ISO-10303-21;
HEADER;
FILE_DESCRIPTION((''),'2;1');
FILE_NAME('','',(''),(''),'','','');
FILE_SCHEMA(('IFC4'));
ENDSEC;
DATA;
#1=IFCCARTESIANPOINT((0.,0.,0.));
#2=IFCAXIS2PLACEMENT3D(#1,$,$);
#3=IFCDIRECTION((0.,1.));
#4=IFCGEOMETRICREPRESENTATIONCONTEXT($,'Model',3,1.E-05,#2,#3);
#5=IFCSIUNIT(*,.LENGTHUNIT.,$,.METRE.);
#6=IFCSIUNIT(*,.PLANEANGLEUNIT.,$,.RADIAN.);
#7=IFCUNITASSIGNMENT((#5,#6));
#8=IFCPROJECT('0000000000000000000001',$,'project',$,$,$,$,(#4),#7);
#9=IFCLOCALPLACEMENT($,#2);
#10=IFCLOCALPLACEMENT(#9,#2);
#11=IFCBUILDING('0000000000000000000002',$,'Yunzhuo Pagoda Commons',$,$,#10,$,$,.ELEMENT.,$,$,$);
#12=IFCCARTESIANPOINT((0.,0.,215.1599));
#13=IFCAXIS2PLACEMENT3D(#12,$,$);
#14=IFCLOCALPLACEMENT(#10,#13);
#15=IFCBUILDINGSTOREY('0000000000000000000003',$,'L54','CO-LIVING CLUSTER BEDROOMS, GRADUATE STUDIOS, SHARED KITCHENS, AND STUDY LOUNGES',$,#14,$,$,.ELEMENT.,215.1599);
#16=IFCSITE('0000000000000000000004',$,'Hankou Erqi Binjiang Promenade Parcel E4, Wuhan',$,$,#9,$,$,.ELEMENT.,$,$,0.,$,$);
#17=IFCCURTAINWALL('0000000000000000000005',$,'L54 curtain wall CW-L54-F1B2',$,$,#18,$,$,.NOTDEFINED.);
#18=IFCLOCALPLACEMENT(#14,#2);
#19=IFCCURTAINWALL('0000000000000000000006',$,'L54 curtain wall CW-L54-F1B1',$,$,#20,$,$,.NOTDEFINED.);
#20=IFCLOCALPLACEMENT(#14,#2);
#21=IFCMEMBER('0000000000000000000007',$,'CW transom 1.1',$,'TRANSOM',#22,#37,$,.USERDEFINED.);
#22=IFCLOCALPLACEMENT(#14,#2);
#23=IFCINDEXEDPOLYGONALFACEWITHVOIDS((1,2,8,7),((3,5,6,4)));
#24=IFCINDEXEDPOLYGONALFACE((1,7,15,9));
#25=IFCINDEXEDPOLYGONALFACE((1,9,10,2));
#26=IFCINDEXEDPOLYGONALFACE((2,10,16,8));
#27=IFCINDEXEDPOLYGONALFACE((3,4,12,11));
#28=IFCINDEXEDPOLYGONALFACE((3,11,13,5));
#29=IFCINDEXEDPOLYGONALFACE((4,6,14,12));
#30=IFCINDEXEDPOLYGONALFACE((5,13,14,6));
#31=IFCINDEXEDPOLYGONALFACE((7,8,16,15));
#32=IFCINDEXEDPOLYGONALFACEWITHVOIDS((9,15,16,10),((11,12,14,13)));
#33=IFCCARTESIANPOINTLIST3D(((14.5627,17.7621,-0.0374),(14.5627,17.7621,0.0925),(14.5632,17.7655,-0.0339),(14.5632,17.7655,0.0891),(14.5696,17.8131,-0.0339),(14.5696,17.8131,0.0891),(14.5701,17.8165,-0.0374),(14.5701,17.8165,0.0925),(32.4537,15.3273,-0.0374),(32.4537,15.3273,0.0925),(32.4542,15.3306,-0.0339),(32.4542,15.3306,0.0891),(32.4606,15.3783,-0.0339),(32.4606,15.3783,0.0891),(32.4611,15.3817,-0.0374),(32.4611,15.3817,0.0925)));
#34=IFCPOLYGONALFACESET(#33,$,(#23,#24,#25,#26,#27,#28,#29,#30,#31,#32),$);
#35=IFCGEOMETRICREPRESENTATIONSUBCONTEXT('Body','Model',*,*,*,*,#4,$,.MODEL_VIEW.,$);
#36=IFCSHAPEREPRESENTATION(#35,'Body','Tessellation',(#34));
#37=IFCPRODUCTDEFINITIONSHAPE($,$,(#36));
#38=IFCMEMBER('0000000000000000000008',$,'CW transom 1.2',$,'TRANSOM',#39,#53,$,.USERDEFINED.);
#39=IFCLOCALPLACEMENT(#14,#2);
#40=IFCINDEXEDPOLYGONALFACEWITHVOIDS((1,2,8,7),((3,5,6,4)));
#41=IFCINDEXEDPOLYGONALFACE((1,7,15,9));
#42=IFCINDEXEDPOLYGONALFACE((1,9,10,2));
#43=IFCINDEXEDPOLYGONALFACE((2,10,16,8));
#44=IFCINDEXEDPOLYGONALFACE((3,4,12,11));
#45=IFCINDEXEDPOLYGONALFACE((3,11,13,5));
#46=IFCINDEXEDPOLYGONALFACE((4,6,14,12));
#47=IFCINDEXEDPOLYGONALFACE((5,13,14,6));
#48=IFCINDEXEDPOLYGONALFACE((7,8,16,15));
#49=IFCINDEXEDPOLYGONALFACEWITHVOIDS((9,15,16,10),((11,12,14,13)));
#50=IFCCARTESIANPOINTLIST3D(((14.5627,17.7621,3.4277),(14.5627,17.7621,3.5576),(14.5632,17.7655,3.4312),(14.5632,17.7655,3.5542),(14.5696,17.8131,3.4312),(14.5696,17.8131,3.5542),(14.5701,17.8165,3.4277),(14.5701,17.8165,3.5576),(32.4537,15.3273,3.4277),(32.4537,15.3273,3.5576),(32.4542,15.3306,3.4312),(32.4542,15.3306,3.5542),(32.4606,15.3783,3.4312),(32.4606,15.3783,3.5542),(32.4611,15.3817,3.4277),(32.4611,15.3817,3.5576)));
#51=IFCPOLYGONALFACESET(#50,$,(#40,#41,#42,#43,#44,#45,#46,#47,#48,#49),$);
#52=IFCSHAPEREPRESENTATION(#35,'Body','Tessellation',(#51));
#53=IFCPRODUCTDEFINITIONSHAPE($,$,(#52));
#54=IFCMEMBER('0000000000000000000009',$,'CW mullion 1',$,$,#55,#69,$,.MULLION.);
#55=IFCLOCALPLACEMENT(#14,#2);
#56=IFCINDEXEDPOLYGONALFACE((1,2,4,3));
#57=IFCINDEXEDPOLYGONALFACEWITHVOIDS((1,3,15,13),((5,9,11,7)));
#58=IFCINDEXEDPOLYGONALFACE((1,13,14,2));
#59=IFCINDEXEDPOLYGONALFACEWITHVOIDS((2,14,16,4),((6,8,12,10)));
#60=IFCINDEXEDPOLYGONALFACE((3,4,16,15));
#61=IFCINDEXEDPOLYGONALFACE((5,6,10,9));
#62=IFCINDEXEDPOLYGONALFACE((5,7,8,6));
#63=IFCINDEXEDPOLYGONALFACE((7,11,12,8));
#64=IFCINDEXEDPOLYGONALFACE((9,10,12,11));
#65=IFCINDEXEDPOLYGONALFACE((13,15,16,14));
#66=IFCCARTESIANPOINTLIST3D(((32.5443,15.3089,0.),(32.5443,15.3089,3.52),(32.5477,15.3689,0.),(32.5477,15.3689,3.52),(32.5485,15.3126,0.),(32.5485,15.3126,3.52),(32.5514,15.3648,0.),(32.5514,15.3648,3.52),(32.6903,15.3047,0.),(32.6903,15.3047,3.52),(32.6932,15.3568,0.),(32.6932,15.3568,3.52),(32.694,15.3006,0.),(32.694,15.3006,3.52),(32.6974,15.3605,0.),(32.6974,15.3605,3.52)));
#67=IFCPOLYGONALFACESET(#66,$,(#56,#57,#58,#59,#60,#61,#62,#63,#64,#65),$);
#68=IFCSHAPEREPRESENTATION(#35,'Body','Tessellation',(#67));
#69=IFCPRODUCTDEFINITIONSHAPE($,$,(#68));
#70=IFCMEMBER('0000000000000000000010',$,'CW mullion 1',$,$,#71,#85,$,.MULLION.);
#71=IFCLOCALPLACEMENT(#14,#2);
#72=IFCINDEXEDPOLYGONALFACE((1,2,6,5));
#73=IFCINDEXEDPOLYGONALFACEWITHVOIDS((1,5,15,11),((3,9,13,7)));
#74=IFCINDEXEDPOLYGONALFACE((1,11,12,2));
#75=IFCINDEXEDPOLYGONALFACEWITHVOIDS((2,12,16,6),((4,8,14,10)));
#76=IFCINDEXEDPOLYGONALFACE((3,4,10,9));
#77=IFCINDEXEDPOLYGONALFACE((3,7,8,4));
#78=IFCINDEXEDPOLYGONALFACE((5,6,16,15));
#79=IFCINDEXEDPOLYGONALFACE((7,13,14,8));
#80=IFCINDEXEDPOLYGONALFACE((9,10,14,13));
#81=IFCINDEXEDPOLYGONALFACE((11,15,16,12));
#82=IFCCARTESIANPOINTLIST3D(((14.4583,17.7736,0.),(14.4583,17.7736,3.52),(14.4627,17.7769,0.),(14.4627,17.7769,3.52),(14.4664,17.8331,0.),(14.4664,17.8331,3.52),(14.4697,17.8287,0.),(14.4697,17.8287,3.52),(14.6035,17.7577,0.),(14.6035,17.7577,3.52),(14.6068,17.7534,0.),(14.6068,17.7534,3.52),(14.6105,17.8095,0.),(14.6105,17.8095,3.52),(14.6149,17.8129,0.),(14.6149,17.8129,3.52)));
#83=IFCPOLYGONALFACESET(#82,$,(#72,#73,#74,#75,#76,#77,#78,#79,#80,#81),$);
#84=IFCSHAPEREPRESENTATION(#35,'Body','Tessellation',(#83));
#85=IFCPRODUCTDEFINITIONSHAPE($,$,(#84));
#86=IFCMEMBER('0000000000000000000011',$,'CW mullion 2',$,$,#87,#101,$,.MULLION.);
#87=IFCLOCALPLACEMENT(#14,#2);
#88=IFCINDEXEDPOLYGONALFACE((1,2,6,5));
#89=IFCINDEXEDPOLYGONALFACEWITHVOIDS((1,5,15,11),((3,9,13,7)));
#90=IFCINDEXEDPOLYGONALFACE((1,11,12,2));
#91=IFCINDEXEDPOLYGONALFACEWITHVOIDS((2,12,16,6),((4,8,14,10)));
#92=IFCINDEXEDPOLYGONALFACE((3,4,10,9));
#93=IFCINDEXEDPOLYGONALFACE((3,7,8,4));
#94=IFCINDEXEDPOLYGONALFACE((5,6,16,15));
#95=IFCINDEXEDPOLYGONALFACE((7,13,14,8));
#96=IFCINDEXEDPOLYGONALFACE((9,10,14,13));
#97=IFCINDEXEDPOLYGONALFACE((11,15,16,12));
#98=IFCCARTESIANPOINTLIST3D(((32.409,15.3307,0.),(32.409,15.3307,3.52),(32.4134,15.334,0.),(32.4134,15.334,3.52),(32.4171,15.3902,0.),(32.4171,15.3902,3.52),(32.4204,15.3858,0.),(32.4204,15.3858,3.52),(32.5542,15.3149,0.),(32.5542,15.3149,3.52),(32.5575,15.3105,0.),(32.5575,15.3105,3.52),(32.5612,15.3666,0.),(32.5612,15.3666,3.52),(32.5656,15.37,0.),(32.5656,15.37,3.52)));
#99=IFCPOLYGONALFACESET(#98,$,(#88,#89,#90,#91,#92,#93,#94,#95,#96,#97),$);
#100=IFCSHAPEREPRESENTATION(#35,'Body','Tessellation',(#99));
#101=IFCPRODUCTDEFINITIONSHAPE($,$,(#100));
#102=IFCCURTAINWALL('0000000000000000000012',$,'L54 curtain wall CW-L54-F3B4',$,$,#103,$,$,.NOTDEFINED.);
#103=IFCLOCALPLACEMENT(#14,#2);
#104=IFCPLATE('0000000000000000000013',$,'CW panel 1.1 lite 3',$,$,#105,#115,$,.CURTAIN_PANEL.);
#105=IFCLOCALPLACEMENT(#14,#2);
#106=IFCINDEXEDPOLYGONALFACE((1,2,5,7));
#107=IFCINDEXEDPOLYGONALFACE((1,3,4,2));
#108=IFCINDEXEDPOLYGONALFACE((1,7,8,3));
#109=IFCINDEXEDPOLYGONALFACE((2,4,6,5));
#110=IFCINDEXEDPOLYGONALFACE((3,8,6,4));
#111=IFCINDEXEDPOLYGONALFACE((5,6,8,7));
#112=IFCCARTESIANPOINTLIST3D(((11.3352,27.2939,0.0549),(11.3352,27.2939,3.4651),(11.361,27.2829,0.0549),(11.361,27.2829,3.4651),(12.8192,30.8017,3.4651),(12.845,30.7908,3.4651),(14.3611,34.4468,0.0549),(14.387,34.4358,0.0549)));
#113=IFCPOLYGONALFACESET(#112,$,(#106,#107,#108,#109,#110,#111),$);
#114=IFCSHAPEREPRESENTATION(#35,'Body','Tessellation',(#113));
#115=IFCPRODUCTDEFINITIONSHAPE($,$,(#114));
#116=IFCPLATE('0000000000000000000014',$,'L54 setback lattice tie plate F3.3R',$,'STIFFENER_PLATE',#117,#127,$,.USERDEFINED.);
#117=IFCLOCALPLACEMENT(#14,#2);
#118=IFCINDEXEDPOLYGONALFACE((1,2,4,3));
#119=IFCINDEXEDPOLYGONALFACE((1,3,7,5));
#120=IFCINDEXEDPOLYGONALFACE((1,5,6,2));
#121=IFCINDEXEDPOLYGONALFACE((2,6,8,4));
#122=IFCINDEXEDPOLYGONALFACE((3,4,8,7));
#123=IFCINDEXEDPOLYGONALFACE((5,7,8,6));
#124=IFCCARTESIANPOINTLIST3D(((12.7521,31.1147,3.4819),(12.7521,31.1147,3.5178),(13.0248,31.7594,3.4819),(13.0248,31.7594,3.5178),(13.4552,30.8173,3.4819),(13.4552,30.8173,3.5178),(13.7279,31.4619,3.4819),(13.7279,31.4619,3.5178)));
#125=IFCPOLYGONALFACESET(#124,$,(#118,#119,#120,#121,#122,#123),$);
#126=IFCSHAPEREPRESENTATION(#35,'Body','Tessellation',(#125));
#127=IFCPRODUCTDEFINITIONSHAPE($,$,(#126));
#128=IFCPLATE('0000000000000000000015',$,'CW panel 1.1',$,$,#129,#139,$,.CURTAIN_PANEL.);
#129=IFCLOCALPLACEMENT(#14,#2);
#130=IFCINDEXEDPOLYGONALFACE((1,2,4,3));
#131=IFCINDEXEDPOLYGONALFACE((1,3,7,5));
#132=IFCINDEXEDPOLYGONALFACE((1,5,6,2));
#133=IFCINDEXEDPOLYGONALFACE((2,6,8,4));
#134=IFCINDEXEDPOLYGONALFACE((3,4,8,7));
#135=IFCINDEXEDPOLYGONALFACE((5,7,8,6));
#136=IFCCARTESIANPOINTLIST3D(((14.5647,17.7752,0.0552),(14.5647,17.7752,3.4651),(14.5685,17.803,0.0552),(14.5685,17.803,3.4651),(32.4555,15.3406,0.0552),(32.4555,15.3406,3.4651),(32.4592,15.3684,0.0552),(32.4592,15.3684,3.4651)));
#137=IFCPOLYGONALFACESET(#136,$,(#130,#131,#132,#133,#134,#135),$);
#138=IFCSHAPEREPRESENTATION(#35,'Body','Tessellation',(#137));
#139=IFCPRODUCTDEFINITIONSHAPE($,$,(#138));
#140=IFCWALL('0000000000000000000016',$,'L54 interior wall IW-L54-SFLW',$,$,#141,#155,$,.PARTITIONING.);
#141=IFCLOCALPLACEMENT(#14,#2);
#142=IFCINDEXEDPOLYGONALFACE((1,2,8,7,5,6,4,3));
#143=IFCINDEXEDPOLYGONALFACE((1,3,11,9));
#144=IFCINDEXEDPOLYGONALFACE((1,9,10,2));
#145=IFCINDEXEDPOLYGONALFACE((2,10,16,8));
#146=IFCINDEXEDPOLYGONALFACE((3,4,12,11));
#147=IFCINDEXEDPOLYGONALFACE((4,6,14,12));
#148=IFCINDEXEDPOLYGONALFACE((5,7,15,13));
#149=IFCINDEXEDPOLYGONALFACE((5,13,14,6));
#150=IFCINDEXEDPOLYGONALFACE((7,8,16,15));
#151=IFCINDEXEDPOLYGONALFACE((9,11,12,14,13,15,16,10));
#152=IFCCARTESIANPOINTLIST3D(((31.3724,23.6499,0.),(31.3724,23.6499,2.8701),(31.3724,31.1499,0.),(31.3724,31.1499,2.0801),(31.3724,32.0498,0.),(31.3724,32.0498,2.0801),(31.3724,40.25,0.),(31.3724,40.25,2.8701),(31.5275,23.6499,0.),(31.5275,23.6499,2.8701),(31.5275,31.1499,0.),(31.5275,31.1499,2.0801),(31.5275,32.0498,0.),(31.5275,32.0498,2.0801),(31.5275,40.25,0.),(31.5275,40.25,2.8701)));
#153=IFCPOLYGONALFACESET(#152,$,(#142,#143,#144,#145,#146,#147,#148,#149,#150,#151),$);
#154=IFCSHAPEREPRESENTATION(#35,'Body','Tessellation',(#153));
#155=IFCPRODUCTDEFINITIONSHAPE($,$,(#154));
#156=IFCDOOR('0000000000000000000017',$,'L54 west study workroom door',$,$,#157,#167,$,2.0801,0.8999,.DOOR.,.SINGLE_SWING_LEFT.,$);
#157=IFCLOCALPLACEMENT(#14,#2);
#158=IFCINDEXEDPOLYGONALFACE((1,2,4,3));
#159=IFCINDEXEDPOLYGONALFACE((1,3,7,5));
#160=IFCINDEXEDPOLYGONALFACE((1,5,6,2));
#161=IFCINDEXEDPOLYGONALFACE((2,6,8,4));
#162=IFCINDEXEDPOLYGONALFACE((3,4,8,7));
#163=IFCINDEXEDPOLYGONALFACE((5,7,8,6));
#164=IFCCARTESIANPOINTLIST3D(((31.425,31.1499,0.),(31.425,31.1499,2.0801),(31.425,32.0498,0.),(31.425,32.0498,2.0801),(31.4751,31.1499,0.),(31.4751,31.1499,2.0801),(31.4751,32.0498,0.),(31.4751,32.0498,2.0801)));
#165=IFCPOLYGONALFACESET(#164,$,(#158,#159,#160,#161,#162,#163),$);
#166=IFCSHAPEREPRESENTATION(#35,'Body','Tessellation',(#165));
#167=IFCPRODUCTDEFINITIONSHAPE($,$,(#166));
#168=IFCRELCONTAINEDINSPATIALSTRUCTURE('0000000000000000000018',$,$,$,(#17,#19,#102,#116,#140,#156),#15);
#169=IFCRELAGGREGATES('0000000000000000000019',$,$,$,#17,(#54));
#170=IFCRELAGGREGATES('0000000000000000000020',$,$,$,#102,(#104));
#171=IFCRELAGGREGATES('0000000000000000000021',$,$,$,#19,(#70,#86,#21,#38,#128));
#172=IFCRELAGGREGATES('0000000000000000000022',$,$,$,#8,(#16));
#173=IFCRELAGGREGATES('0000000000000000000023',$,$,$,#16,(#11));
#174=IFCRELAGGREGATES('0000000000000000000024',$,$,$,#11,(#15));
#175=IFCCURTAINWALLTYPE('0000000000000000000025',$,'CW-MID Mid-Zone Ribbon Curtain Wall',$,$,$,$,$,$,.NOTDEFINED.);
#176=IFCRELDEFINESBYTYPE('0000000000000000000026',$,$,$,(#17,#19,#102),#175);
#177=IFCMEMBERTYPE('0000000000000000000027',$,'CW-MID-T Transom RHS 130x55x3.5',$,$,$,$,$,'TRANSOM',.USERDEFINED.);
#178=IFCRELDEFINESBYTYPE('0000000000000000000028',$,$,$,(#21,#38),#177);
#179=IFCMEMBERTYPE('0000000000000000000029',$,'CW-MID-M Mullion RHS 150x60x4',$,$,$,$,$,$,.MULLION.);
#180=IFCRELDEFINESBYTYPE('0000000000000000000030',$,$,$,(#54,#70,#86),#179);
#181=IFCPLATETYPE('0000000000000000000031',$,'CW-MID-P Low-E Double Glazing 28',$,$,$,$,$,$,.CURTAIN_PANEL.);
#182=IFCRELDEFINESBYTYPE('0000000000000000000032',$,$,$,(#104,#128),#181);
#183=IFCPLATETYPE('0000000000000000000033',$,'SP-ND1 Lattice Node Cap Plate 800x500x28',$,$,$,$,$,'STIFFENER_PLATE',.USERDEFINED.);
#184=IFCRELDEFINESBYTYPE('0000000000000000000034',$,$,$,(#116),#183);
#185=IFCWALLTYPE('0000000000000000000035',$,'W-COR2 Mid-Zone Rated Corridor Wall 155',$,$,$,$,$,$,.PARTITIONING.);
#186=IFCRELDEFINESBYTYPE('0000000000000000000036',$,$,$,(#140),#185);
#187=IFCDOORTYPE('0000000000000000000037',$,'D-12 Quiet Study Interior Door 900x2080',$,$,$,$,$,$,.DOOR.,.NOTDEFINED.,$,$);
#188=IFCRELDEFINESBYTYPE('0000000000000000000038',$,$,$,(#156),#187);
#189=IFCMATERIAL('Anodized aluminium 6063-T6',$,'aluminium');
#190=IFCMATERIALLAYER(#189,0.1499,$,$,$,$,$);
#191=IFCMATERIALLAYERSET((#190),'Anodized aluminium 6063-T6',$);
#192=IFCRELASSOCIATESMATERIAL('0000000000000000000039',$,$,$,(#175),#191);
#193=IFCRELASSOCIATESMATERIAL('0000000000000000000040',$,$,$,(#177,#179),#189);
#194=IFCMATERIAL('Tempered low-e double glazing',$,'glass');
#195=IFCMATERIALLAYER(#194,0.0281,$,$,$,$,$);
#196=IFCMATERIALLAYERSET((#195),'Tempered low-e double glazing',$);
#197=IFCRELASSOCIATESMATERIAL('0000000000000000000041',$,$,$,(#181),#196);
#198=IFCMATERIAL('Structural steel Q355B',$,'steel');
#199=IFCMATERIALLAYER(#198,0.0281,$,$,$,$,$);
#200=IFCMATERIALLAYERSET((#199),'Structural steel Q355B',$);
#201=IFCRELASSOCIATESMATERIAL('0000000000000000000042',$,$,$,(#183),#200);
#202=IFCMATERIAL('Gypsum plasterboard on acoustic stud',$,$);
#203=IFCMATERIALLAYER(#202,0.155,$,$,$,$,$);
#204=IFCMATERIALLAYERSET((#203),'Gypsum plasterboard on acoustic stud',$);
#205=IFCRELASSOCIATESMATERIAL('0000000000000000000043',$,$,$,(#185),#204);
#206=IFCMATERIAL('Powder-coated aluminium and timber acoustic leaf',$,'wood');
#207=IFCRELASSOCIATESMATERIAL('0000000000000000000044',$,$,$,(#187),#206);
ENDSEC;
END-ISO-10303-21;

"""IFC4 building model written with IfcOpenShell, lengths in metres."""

from ifc_helpers import new_model, si_unit, direction, frame, frame_2d, origin, origin_with_axes, origin_2d, place, context, subcontext, project, spatial, polyline, rectangle, hollow_rectangle, outline, extrude, source, transform, mapped, material, layer, layer_set, material_profile, profile_set, type_object, element, fill, aggregate, save


model = new_model("IFC4")

# Units and contexts
model_context = context("Model", 3, precision=1e-05, world=origin(), true_north=direction((0.0, 1.0)))
body_context = subcontext(model_context, "Body", "Model", "MODEL_VIEW")
ifc_project = project(units=[si_unit("LENGTHUNIT", "METRE"), si_unit("PLANEANGLEUNIT", "RADIAN")], contexts=[model_context])

# Site, building, storey
site_placement = place(None, origin())
site = spatial("IfcSite", under=ifc_project, at=site_placement, Name="Hankou Erqi Binjiang Promenade Parcel E4, Wuhan", CompositionType="ELEMENT", RefElevation=0.0)
building_placement = place(site_placement, origin())
building = spatial("IfcBuilding", under=site, at=building_placement, Name="Yunzhuo Pagoda Commons", CompositionType="ELEMENT")
storey_placement = place(building_placement, frame((0.0, 0.0, 215.1599)))
storey = spatial("IfcBuildingStorey", under=building, at=storey_placement, Name="L54", Description="CO-LIVING CLUSTER BEDROOMS, GRADUATE STUDIOS, SHARED KITCHENS, AND STUDY LOUNGES", CompositionType="ELEMENT", Elevation=215.1599)

# Shared definitions
ifc_material_1 = material(Name="Structural steel Q355B", Category="steel")

# Curtain walls, members
ifc_material_2 = material(Name="Anodized aluminium 6063-T6", Category="aluminium")
ifc_layer_1 = layer(ifc_material_2, 0.1499)
ifc_layer_set_1 = layer_set([ifc_layer_1], Name="Anodized aluminium 6063-T6")
curtain_wall_type = type_object("IfcCurtainWallType", Name="CW-MID Mid-Zone Ribbon Curtain Wall", PredefinedType="NOTDEFINED", material=ifc_layer_set_1)
curtain_wall_1_placement = place(storey_placement, origin())
curtain_wall_1 = element("IfcCurtainWall", 1, at=curtain_wall_1_placement, inside=storey, type_object=curtain_wall_type, Name="L54 curtain wall CW-L54-F1B2", PredefinedType="NOTDEFINED")
ifc_material_profile_1 = material_profile(ifc_material_2, hollow_rectangle(XDim=0.0549, YDim=0.1299, WallThickness=0.0034, at=origin_2d()), Name="Anodized aluminium 6063-T6")
ifc_profile_set_1 = profile_set([ifc_material_profile_1], Name="Anodized aluminium 6063-T6")
member_type_1 = type_object("IfcMemberType", Name="CW-MID-T Transom RHS 130x55x3.5", ElementType="TRANSOM", PredefinedType="USERDEFINED", material=ifc_profile_set_1)
curtain_wall_2_placement = place(storey_placement, origin())
curtain_wall_2 = element("IfcCurtainWall", 2, at=curtain_wall_2_placement, inside=storey, type_object=curtain_wall_type, Name="L54 curtain wall CW-L54-F1B1", PredefinedType="NOTDEFINED")
shared_shape_1 = source(origin(), body_context, "Body", "SweptSolid", [
    extrude(hollow_rectangle(XDim=0.0549, YDim=0.1299, WallThickness=0.0034, at=origin_2d()), origin(), (0.0, 0.0, 1.0), 18.0559),
])
member_1_placement = place(storey_placement, frame((14.5664, 17.7893, 0.0276), z_axis=(0.990866, -0.13485, 0.0), x_axis=(0.13485, 0.990866, 0.0)))
member_1 = element("IfcMember", 3, at=member_1_placement, type_object=member_type_1, Name="CW transom 1.1", ObjectType="TRANSOM", PredefinedType="USERDEFINED", context=body_context, shape_type="MappedRepresentation", body=[
    mapped(shared_shape_1, transform((0.0, 0.0, 0.0), scale=1.0)),
])
member_2_placement = place(storey_placement, frame((14.5664, 17.7893, 3.4927), z_axis=(0.990866, -0.13485, 0.0), x_axis=(0.13485, 0.990866, 0.0)))
member_2 = element("IfcMember", 4, at=member_2_placement, type_object=member_type_1, Name="CW transom 1.2", ObjectType="TRANSOM", PredefinedType="USERDEFINED", context=body_context, shape_type="MappedRepresentation", body=[
    mapped(shared_shape_1, transform((0.0, 0.0, 0.0), scale=1.0)),
])

# Members
ifc_material_profile_2 = material_profile(ifc_material_2, hollow_rectangle(XDim=0.0601, YDim=0.1499, WallThickness=0.0039, at=origin_2d()), Name="Anodized aluminium 6063-T6")
ifc_profile_set_2 = profile_set([ifc_material_profile_2], Name="Anodized aluminium 6063-T6")
member_type_2 = type_object("IfcMemberType", Name="CW-MID-M Mullion RHS 150x60x4", PredefinedType="MULLION", material=ifc_profile_set_2)
shared_shape_2 = source(origin(), body_context, "Body", "SweptSolid", [
    extrude(hollow_rectangle(XDim=0.0601, YDim=0.1499, WallThickness=0.0039, at=origin_2d()), origin(), (0.0, 0.0, 1.0), 3.52),
])
member_3_placement = place(storey_placement, frame((32.6208, 15.3347, 0.0), z_axis=(0.0, 0.0, 1.0), x_axis=(0.055642, 0.998451, 0.0)))
member_3 = element("IfcMember", 5, at=member_3_placement, type_object=member_type_2, Name="CW mullion 1", PredefinedType="MULLION", context=body_context, shape_type="MappedRepresentation", body=[
    mapped(shared_shape_2, transform((0.0, 0.0, 0.0), scale=1.0)),
])
aggregate(curtain_wall_1, [member_3])
member_4_placement = place(storey_placement, frame((14.5366, 17.7932, 0.0), z_axis=(0.0, 0.0, 1.0), x_axis=(0.134839, 0.990867, 0.0)))
member_4 = element("IfcMember", 6, at=member_4_placement, type_object=member_type_2, Name="CW mullion 1", PredefinedType="MULLION", context=body_context, shape_type="MappedRepresentation", body=[
    mapped(shared_shape_2, transform((0.0, 0.0, 0.0), scale=1.0)),
])
member_5_placement = place(storey_placement, frame((32.4873, 15.3503, 0.0), z_axis=(0.0, 0.0, 1.0), x_axis=(0.134839, 0.990867, 0.0)))
member_5 = element("IfcMember", 7, at=member_5_placement, type_object=member_type_2, Name="CW mullion 2", PredefinedType="MULLION", context=body_context, shape_type="MappedRepresentation", body=[
    mapped(shared_shape_2, transform((0.0, 0.0, 0.0), scale=1.0)),
])

# Curtain wall, plate
curtain_wall_3_placement = place(storey_placement, origin())
curtain_wall_3 = element("IfcCurtainWall", 8, at=curtain_wall_3_placement, inside=storey, type_object=curtain_wall_type, Name="L54 curtain wall CW-L54-F3B4", PredefinedType="NOTDEFINED")
ifc_material_3 = material(Name="Tempered low-e double glazing", Category="glass")
ifc_layer_2 = layer(ifc_material_3, 0.0281)
ifc_layer_set_2 = layer_set([ifc_layer_2], Name="Tempered low-e double glazing")
plate_type_1 = type_object("IfcPlateType", Name="CW-MID-P Low-E Double Glazing 28", PredefinedType="CURTAIN_PANEL", material=ifc_layer_set_2)
plate_1_placement = place(storey_placement, frame((12.874, 30.8594, 1.76), z_axis=(-0.920979, 0.389612, 0.0), x_axis=(-0.389612, -0.920979, 0.0)))
plate_1 = element("IfcPlate", 9, at=plate_1_placement, type_object=plate_type_1, Name="CW panel 1.1 lite 3", PredefinedType="CURTAIN_PANEL", context=body_context, shape_type="SweptSolid", body=[
    extrude(outline(polyline([(-3.8833, -1.7051), (3.8833, -1.7051), (3.8833, 1.7051), (0.0745, 1.7051), (-3.8833, -1.7051)])), origin(), (0.0, 0.0, 1.0), 0.0281),
])
aggregate(curtain_wall_3, [plate_1])

# Plates
ifc_layer_3 = layer(ifc_material_1, 0.0281)
ifc_layer_set_3 = layer_set([ifc_layer_3], Name="Structural steel Q355B")
plate_type_2 = type_object("IfcPlateType", Name="SP-ND1 Lattice Node Cap Plate 800x500x28", ElementType="STIFFENER_PLATE", PredefinedType="USERDEFINED", material=ifc_layer_set_3)
shared_shape_3 = source(origin(), body_context, "Body", "SweptSolid", [
    extrude(rectangle(XDim=0.7, YDim=0.7634, at=origin_2d()), origin(), (0.0, 0.0, 1.0), 0.0359),
])
plate_2_placement = place(storey_placement, frame((13.24, 31.2883, 3.4819), z_axis=(0.0, 0.0, 1.0), x_axis=(-0.389606, -0.920982, 0.0)))
element("IfcPlate", 10, at=plate_2_placement, inside=storey, type_object=plate_type_2, Name="L54 setback lattice tie plate F3.3R", ObjectType="STIFFENER_PLATE", PredefinedType="USERDEFINED", context=body_context, shape_type="MappedRepresentation", body=[
    mapped(shared_shape_3, transform((0.0, 0.0, 0.0), scale=1.0)),
])
shared_shape_4 = source(origin(), body_context, "Body", "SweptSolid", [
    extrude(rectangle(XDim=18.0557, YDim=0.0281, at=origin_2d()), origin(), (0.0, 0.0, 1.0), 3.4099),
])
plate_3_placement = place(storey_placement, frame((23.512, 16.5718, 0.0552), z_axis=(0.0, 0.0, 1.0), x_axis=(0.990867, -0.134839, 0.0)))
plate_3 = element("IfcPlate", 11, at=plate_3_placement, type_object=plate_type_1, Name="CW panel 1.1", PredefinedType="CURTAIN_PANEL", context=body_context, shape_type="MappedRepresentation", body=[
    mapped(shared_shape_4, transform((0.0, 0.0, 0.0), scale=1.0)),
])
aggregate(curtain_wall_2, [member_4, member_5, member_1, member_2, plate_3])

# Wall, opening, door
ifc_material_4 = material(Name="Gypsum plasterboard on acoustic stud")
ifc_layer_4 = layer(ifc_material_4, 0.155)
ifc_layer_set_4 = layer_set([ifc_layer_4], Name="Gypsum plasterboard on acoustic stud")
wall_type_1 = type_object("IfcWallType", Name="W-COR2 Mid-Zone Rated Corridor Wall 155", PredefinedType="PARTITIONING", material=ifc_layer_set_4)
wall_1_placement = place(storey_placement, frame((31.45, 23.6499, 0.0), z_axis=(0.0, 0.0, 1.0), x_axis=(0.0, 1.0, 0.0)))
wall_1 = element("IfcWall", 12, at=wall_1_placement, inside=storey, type_object=wall_type_1, Name="L54 interior wall IW-L54-SFLW", PredefinedType="PARTITIONING", context=body_context, shape_type="SweptSolid", body=[
    extrude(rectangle(XDim=16.6001, YDim=0.155, at=frame_2d((8.3, 0.0))), origin(), (0.0, 0.0, 1.0), 2.8701),
])
opening_1_placement = place(wall_1_placement, frame((7.5, 0.0, 0.0)))
opening_1 = element("IfcOpeningElement", 13, at=opening_1_placement, cuts=wall_1, PredefinedType="OPENING", context=body_context, shape_type="SweptSolid", body=[
    extrude(rectangle(XDim=0.8999, YDim=2.0801, at=frame_2d((0.45, 1.04))), frame((0.0, 0.0874, 0.0), z_axis=(0.0, -1.0, 0.0), x_axis=(1.0, 0.0, 0.0)), (0.0, 0.0, 1.0), 0.175),
])
ifc_material_5 = material(Name="Powder-coated aluminium and timber acoustic leaf", Category="wood")
door_type_1 = type_object("IfcDoorType", Name="D-12 Quiet Study Interior Door 900x2080", OperationType="NOTDEFINED", PredefinedType="DOOR", material=ifc_material_5)
shared_shape_5 = source(origin(), body_context, "Body", "SweptSolid", [
    extrude(rectangle(XDim=0.8999, YDim=2.0801, at=frame_2d((0.45, 1.04))), frame((0.0, 0.0249, 0.0), z_axis=(0.0, -1.0, 0.0), x_axis=(1.0, 0.0, 0.0)), (0.0, 0.0, 1.0), 0.05),
])
door_1_placement = place(opening_1_placement, origin_with_axes())
door_1 = element("IfcDoor", 14, at=door_1_placement, inside=storey, type_object=door_type_1, Name="L54 west study workroom door", OperationType="SINGLE_SWING_LEFT", OverallHeight=2.0801, OverallWidth=0.8999, PredefinedType="DOOR", context=body_context, shape_type="MappedRepresentation", body=[
    mapped(shared_shape_5, transform((0.0, 0.0, 0.0), scale=1.0)),
])
fill(opening_1, door_1)

save(model, "model.ifc")
